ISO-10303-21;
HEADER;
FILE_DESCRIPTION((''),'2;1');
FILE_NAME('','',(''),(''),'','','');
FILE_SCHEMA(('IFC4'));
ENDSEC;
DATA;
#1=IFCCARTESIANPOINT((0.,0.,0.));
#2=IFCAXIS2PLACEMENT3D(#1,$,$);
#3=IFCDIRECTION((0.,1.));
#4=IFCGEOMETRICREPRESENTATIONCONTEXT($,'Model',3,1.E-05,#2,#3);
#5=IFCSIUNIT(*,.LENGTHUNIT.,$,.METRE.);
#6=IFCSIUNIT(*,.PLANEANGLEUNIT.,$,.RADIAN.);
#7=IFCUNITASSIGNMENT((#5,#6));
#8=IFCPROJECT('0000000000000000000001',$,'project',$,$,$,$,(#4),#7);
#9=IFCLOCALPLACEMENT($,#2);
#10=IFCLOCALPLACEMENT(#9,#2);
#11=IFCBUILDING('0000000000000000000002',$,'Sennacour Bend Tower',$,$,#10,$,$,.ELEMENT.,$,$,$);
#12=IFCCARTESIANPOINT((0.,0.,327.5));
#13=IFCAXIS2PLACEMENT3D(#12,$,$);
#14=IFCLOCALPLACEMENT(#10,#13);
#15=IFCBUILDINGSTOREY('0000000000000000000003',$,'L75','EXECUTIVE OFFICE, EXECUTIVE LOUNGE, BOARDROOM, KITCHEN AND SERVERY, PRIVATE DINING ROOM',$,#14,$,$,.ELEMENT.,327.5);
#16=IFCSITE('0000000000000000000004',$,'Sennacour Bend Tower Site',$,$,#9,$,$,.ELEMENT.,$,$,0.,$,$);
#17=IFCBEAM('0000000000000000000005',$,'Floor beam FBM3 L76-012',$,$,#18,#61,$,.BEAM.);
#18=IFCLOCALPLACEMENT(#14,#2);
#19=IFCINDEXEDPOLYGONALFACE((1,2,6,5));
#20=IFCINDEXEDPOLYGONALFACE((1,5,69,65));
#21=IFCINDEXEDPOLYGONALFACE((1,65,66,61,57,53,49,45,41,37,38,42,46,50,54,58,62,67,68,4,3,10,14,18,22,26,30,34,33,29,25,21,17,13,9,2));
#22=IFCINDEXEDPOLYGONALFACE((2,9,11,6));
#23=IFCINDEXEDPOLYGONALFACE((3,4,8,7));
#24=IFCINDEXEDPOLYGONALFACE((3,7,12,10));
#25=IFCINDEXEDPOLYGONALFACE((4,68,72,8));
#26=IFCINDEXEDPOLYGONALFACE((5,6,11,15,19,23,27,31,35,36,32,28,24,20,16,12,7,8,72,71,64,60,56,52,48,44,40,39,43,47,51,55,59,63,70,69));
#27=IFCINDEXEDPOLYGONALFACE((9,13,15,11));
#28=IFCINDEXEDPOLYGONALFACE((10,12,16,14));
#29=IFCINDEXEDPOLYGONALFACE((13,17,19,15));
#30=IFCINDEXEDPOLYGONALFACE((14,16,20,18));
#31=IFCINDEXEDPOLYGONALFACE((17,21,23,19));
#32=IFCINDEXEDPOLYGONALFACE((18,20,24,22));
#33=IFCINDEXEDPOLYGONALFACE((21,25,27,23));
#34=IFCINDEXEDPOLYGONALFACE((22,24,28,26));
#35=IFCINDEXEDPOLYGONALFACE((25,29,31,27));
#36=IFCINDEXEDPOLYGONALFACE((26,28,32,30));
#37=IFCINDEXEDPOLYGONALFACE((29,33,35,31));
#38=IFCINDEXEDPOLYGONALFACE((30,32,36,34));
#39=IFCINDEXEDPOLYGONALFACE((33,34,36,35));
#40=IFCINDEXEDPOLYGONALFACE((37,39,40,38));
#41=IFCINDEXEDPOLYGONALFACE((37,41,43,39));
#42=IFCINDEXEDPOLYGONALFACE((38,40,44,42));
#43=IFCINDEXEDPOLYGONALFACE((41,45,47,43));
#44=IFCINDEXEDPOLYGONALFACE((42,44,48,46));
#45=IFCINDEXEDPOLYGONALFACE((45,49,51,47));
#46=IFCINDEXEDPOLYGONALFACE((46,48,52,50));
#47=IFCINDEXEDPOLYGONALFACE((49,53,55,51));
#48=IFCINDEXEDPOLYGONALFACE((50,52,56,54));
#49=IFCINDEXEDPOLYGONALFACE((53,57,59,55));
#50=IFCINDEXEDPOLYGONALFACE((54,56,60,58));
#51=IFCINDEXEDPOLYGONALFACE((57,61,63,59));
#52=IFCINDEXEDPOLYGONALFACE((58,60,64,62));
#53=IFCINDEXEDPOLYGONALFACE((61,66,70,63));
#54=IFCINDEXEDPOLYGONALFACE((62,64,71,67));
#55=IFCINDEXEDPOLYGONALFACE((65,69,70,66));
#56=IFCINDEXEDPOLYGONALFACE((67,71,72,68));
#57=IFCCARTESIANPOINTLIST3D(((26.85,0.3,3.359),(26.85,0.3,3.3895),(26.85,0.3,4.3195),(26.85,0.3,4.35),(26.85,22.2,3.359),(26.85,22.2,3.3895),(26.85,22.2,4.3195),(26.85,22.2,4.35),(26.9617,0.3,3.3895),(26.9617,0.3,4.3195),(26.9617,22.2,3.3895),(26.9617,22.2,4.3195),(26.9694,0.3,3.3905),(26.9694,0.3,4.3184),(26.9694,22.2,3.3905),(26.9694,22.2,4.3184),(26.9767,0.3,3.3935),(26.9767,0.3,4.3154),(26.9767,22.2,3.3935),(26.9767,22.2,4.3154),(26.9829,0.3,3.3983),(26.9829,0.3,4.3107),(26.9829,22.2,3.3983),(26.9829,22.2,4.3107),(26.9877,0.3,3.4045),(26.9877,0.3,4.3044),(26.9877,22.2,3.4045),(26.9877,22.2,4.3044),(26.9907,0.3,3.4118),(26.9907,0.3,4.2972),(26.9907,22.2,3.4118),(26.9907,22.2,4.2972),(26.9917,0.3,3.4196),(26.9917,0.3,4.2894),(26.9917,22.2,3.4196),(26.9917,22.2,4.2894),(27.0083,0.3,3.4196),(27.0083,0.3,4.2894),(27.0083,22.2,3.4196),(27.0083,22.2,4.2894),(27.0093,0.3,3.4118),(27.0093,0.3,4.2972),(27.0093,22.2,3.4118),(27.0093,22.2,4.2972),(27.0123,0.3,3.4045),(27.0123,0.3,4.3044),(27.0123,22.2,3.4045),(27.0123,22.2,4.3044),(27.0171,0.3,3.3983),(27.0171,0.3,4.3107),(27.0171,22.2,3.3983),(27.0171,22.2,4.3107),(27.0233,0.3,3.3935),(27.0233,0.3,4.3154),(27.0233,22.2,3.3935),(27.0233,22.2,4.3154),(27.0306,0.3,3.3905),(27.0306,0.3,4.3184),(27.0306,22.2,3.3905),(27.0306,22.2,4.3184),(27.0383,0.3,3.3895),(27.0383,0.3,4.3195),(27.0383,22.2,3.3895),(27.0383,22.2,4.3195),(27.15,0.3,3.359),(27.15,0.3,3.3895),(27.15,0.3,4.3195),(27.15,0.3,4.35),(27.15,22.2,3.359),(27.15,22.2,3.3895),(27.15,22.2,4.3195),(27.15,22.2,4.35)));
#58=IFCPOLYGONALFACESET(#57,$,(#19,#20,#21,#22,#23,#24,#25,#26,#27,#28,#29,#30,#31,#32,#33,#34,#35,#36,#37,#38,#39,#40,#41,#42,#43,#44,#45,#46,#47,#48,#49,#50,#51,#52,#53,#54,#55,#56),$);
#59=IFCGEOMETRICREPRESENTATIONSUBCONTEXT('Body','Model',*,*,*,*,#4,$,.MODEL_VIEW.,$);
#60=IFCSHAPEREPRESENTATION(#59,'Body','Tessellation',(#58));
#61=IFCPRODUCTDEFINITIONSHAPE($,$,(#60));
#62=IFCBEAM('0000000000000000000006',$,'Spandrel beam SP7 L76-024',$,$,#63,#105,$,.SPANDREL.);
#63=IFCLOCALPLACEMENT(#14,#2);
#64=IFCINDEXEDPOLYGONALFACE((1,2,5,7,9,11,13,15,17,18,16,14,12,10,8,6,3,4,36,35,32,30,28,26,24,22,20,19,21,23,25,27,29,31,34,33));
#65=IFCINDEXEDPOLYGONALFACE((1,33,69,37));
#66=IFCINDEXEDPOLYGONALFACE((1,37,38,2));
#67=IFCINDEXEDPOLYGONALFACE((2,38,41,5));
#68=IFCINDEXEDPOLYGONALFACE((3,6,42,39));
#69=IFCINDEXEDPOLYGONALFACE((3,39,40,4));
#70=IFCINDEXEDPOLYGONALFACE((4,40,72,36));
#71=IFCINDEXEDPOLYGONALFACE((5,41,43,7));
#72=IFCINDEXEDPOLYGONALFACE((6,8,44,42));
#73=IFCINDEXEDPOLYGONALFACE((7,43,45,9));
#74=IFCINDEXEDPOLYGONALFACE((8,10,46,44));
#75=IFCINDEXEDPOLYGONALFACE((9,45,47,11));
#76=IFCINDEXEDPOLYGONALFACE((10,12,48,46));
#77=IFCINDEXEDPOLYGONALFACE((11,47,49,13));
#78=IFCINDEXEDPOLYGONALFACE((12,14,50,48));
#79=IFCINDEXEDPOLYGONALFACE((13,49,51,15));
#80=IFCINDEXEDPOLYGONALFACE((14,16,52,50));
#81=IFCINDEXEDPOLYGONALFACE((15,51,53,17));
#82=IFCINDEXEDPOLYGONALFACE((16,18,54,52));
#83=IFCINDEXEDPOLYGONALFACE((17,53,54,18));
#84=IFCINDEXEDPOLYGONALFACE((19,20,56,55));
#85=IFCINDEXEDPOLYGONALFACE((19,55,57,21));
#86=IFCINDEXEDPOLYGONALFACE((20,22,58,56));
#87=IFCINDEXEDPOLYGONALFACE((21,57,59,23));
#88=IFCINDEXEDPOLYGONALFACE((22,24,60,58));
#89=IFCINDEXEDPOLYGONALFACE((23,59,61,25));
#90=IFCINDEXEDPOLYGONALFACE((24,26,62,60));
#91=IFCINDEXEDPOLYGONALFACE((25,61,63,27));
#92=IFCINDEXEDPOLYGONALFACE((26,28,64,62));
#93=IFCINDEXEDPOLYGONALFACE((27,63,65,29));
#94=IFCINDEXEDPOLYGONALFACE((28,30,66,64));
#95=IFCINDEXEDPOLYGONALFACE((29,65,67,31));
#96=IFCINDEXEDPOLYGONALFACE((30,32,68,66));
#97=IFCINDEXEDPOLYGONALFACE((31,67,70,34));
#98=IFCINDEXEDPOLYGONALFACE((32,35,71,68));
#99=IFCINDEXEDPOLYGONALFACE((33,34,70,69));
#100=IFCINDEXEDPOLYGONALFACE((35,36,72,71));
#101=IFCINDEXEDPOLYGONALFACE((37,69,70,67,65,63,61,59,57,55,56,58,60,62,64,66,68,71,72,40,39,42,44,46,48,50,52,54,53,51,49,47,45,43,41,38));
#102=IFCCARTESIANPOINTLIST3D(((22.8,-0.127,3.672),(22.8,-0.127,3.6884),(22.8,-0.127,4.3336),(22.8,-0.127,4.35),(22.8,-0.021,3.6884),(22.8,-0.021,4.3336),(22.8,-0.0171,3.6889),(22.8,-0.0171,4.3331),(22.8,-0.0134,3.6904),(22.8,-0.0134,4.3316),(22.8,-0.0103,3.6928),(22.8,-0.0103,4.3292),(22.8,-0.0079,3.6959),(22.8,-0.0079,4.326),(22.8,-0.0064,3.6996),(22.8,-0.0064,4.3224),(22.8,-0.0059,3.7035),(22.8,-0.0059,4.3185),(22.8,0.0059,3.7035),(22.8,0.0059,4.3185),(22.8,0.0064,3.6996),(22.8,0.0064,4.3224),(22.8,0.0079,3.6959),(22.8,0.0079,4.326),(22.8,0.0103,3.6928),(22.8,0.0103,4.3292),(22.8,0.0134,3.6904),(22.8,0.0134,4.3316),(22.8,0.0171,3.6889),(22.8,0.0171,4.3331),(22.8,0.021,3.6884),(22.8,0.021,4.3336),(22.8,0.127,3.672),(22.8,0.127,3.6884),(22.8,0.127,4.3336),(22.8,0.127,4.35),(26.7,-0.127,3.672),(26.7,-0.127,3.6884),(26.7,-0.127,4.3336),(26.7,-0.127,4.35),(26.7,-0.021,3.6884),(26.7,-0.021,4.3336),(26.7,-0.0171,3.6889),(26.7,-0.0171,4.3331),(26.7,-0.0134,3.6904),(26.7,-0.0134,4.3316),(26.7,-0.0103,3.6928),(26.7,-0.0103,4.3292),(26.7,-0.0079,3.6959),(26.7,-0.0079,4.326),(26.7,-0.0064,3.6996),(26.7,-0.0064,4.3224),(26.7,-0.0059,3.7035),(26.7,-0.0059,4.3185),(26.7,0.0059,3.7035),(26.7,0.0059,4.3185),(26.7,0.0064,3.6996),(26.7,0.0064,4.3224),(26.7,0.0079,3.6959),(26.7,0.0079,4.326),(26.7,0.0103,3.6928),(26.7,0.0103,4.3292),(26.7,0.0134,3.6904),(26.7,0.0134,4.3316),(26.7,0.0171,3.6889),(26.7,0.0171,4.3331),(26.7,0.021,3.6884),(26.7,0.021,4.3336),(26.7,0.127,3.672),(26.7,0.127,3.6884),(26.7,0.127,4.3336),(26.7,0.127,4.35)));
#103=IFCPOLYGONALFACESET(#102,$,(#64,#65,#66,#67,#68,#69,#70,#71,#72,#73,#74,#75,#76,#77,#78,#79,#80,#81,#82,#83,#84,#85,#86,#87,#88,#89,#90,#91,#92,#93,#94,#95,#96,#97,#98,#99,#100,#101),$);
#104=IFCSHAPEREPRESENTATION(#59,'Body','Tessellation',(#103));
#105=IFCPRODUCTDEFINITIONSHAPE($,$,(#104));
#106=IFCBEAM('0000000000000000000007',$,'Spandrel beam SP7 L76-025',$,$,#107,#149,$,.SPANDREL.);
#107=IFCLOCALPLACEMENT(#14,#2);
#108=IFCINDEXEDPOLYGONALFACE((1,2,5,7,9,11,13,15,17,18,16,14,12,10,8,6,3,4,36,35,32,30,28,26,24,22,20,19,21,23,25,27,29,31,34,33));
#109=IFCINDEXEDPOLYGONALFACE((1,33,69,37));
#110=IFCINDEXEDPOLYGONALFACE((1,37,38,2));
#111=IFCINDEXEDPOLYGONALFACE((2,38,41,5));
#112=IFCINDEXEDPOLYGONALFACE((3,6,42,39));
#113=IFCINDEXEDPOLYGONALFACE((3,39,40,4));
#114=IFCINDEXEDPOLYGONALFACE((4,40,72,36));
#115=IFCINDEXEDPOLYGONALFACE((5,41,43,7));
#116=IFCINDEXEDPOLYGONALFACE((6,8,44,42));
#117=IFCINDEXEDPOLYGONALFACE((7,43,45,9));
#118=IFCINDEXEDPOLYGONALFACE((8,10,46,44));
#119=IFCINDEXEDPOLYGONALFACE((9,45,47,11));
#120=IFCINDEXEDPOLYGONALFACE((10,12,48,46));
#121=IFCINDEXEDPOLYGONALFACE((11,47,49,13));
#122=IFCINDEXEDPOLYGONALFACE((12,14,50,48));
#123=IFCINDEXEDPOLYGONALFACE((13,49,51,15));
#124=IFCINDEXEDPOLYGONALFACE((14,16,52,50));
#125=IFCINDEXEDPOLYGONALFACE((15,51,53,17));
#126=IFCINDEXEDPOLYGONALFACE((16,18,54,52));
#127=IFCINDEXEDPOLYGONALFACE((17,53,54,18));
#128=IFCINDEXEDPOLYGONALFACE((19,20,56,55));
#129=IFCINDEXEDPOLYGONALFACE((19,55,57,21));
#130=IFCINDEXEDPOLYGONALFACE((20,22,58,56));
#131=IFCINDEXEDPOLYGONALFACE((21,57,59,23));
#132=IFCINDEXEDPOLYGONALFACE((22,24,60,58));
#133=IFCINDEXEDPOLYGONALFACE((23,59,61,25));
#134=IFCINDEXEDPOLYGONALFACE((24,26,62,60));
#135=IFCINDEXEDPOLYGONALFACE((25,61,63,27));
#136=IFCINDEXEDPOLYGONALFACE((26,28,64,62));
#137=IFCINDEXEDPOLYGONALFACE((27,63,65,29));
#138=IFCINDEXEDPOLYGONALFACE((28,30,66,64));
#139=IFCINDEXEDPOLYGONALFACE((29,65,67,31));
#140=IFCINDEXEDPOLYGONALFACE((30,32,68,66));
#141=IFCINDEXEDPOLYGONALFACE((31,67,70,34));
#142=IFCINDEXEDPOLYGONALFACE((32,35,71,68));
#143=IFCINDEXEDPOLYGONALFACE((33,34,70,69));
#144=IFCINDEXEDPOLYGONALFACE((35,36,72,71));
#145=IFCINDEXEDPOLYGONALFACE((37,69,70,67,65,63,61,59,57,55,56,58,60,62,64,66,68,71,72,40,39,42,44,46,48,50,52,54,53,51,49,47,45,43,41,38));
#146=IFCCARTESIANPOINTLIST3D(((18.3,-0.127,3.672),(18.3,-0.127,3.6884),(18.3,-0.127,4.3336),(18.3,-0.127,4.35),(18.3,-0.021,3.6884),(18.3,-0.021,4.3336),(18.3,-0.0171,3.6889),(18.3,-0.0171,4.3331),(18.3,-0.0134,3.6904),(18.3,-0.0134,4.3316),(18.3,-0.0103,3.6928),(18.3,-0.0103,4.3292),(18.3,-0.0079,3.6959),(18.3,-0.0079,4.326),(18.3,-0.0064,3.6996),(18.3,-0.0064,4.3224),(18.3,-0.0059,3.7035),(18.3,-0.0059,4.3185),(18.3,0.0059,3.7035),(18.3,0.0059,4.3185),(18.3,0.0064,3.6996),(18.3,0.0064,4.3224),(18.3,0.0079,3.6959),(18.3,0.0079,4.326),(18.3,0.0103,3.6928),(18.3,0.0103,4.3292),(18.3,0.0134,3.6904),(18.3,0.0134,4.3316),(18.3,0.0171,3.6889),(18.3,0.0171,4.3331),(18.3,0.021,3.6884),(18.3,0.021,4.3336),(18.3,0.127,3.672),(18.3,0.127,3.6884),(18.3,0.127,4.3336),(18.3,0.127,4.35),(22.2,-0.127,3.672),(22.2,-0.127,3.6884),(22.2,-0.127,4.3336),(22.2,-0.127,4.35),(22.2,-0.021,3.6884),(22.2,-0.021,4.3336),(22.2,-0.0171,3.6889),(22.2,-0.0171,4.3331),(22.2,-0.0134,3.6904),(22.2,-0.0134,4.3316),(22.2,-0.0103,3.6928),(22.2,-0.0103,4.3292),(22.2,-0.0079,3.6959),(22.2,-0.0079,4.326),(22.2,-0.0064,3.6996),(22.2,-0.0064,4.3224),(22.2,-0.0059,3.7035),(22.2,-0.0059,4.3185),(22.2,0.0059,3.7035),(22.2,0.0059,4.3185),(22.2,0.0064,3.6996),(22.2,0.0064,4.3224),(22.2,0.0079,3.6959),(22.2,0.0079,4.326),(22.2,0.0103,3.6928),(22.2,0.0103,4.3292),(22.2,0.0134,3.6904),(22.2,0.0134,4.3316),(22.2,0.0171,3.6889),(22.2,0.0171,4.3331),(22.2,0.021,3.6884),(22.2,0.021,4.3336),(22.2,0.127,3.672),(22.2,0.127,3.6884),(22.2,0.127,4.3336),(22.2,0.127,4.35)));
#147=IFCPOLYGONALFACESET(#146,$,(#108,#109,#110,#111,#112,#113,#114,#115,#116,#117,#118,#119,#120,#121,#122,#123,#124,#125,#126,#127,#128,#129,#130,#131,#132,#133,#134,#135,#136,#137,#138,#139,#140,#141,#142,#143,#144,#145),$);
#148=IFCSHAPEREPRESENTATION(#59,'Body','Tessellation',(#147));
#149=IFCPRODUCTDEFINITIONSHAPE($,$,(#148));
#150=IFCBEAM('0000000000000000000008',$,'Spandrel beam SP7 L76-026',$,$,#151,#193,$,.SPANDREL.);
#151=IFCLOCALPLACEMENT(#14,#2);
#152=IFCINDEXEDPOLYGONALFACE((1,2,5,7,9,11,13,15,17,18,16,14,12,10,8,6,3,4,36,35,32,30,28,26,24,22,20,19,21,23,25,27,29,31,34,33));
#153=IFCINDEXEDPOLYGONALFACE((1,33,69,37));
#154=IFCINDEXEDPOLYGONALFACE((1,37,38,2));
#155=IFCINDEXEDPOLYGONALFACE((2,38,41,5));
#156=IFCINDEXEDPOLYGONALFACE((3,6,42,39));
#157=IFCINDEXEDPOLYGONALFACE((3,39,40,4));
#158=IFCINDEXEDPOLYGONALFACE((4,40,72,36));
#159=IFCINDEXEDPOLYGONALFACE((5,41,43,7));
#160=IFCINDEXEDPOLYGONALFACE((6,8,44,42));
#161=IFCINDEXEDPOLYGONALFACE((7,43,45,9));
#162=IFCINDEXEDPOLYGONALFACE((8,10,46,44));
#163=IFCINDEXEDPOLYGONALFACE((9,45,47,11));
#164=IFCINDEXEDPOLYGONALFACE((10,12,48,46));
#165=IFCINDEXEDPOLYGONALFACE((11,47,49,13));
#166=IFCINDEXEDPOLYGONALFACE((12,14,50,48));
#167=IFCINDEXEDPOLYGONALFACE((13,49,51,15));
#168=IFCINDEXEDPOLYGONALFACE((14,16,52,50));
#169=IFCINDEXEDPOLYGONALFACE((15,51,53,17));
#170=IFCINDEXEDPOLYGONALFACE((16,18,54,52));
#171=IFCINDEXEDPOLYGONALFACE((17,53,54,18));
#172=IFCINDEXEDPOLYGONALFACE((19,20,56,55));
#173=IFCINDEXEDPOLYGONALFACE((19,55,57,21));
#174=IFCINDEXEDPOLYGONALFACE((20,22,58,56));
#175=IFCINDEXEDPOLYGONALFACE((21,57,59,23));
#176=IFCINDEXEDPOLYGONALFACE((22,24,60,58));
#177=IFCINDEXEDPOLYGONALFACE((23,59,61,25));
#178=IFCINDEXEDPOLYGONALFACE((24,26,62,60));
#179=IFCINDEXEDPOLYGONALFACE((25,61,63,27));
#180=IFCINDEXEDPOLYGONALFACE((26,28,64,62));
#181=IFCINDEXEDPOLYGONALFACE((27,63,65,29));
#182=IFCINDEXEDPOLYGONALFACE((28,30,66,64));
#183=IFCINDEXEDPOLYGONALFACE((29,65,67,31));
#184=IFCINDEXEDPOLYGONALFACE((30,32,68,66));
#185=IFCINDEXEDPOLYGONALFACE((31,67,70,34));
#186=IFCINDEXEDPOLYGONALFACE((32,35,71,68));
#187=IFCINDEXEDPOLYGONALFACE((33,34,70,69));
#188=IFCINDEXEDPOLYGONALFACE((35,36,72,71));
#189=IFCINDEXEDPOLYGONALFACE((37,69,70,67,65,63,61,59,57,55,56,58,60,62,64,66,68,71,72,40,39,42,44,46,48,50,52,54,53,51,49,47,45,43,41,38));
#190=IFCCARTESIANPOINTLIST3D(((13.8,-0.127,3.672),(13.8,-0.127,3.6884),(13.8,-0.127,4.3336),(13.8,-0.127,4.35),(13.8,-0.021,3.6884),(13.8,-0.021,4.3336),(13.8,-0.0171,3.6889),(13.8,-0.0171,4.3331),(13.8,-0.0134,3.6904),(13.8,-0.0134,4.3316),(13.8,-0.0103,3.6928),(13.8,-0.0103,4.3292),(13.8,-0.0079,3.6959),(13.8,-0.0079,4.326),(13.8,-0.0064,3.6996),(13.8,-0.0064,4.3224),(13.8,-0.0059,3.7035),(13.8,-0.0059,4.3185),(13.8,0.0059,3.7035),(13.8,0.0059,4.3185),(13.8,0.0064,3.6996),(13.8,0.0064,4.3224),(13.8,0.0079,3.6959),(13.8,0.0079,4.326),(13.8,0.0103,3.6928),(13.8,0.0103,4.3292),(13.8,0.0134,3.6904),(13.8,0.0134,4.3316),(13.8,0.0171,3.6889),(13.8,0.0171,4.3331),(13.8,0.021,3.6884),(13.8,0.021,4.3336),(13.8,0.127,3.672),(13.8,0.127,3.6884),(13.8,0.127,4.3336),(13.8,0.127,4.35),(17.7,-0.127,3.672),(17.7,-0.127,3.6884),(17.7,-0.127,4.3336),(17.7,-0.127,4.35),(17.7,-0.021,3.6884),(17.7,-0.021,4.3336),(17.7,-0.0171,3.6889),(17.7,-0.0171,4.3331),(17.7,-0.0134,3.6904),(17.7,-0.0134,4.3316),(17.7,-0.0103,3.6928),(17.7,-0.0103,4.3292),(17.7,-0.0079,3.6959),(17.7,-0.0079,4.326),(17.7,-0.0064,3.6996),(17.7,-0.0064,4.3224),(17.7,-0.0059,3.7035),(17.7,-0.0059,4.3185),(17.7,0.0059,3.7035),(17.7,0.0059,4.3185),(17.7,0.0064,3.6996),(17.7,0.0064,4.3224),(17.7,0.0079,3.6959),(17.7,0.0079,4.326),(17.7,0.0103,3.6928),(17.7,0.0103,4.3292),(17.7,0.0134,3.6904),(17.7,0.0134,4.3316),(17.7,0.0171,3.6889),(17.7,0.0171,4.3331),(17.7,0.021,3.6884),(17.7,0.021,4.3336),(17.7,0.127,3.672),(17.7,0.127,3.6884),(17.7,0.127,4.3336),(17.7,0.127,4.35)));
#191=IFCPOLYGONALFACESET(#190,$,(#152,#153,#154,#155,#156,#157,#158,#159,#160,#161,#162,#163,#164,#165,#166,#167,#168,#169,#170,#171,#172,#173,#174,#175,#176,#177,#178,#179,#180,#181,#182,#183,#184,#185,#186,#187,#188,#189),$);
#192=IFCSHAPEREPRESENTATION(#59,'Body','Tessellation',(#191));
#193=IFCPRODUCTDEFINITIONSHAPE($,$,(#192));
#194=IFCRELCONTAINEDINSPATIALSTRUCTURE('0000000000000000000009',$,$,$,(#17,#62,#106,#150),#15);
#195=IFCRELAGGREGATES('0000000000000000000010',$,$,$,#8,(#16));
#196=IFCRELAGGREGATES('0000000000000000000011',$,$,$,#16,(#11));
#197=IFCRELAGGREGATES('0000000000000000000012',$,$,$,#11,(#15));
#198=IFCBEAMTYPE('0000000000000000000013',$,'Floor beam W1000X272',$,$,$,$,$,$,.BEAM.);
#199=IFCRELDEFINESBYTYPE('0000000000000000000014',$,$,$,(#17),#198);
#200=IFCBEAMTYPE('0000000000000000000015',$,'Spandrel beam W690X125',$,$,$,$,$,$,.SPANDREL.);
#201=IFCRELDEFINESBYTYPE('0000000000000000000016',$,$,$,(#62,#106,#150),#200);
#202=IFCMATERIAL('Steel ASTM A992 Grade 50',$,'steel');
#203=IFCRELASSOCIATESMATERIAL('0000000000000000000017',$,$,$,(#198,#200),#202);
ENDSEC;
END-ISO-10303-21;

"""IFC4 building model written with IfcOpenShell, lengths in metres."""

from ifc_helpers import new_model, si_unit, direction, frame, origin, origin_2d, place, context, subcontext, project, spatial, i_section, extrude, material, material_profile, profile_set, type_object, element, save


model = new_model("IFC4")

# Units and contexts
model_context = context("Model", 3, precision=1e-05, world=origin(), true_north=direction((0.0, 1.0)))
body_context = subcontext(model_context, "Body", "Model", "MODEL_VIEW")
ifc_project = project(units=[si_unit("LENGTHUNIT", "METRE"), si_unit("PLANEANGLEUNIT", "RADIAN")], contexts=[model_context])

# Site, building, storey
site_placement = place(None, origin())
site = spatial("IfcSite", under=ifc_project, at=site_placement, Name="Sennacour Bend Tower Site", CompositionType="ELEMENT", RefElevation=0.0)
building_placement = place(site_placement, origin())
building = spatial("IfcBuilding", under=site, at=building_placement, Name="Sennacour Bend Tower", CompositionType="ELEMENT")
storey_placement = place(building_placement, frame((0.0, 0.0, 327.5)))
storey = spatial("IfcBuildingStorey", under=building, at=storey_placement, Name="L75", Description="EXECUTIVE OFFICE, EXECUTIVE LOUNGE, BOARDROOM, KITCHEN AND SERVERY, PRIVATE DINING ROOM", CompositionType="ELEMENT", Elevation=327.5)

# Beams
ifc_material_1 = material(Name="Steel ASTM A992 Grade 50", Category="steel")
ifc_material_profile_1 = material_profile(ifc_material_1, i_section(OverallWidth=0.3, OverallDepth=0.991, WebThickness=0.0166, FlangeThickness=0.0305, FilletRadius=0.03, at=origin_2d()), Name="Steel ASTM A992 Grade 50", Category="steel")
ifc_profile_set_1 = profile_set([ifc_material_profile_1], Name="Steel ASTM A992 Grade 50")
beam_type_1 = type_object("IfcBeamType", Name="Floor beam W1000X272", PredefinedType="BEAM", material=ifc_profile_set_1)
beam_1_placement = place(storey_placement, frame((27.0, 0.3, 3.8545), z_axis=(0.0, 1.0, 0.0), x_axis=(-1.0, 0.0, 0.0)))
element("IfcBeam", 1, at=beam_1_placement, inside=storey, type_object=beam_type_1, Name="Floor beam FBM3 L76-012", PredefinedType="BEAM", context=body_context, shape_type="SweptSolid", body=[
    extrude(i_section(OverallWidth=0.3, OverallDepth=0.991, WebThickness=0.0166, FlangeThickness=0.0305, FilletRadius=0.03, at=origin_2d()), origin(), (0.0, 0.0, 1.0), 21.8999),
])
ifc_material_profile_2 = material_profile(ifc_material_1, i_section(OverallWidth=0.2539, OverallDepth=0.678, WebThickness=0.0117, FlangeThickness=0.0164, FilletRadius=0.0151, at=origin_2d()), Name="Steel ASTM A992 Grade 50", Category="steel")
ifc_profile_set_2 = profile_set([ifc_material_profile_2], Name="Steel ASTM A992 Grade 50")
beam_type_2 = type_object("IfcBeamType", Name="Spandrel beam W690X125", PredefinedType="SPANDREL", material=ifc_profile_set_2)
for number, where, z_axis, x_axis, name in (
    (2, (26.7, 0.0, 4.011), (-1.0, 0.0, 0.0), (0.0, -1.0, 0.0), "Spandrel beam SP7 L76-024"),
    (3, (22.2, 0.0, 4.011), (-1.0, 0.0, 0.0), (0.0, -1.0, 0.0), "Spandrel beam SP7 L76-025"),
    (4, (17.7, 0.0, 4.011), (-1.0, 0.0, 0.0), (0.0, -1.0, 0.0), "Spandrel beam SP7 L76-026"),
):
    element("IfcBeam", number, at=place(storey_placement, frame(where, z_axis=z_axis, x_axis=x_axis)), inside=storey, type_object=beam_type_2, Name=name, PredefinedType="SPANDREL", context=body_context, shape_type="SweptSolid", body=[
        extrude(i_section(OverallWidth=0.2539, OverallDepth=0.678, WebThickness=0.0117, FlangeThickness=0.0164, FilletRadius=0.0151, at=origin_2d()), origin(), (0.0, 0.0, 1.0), 3.8999),
    ])

save(model, "model.ifc")
